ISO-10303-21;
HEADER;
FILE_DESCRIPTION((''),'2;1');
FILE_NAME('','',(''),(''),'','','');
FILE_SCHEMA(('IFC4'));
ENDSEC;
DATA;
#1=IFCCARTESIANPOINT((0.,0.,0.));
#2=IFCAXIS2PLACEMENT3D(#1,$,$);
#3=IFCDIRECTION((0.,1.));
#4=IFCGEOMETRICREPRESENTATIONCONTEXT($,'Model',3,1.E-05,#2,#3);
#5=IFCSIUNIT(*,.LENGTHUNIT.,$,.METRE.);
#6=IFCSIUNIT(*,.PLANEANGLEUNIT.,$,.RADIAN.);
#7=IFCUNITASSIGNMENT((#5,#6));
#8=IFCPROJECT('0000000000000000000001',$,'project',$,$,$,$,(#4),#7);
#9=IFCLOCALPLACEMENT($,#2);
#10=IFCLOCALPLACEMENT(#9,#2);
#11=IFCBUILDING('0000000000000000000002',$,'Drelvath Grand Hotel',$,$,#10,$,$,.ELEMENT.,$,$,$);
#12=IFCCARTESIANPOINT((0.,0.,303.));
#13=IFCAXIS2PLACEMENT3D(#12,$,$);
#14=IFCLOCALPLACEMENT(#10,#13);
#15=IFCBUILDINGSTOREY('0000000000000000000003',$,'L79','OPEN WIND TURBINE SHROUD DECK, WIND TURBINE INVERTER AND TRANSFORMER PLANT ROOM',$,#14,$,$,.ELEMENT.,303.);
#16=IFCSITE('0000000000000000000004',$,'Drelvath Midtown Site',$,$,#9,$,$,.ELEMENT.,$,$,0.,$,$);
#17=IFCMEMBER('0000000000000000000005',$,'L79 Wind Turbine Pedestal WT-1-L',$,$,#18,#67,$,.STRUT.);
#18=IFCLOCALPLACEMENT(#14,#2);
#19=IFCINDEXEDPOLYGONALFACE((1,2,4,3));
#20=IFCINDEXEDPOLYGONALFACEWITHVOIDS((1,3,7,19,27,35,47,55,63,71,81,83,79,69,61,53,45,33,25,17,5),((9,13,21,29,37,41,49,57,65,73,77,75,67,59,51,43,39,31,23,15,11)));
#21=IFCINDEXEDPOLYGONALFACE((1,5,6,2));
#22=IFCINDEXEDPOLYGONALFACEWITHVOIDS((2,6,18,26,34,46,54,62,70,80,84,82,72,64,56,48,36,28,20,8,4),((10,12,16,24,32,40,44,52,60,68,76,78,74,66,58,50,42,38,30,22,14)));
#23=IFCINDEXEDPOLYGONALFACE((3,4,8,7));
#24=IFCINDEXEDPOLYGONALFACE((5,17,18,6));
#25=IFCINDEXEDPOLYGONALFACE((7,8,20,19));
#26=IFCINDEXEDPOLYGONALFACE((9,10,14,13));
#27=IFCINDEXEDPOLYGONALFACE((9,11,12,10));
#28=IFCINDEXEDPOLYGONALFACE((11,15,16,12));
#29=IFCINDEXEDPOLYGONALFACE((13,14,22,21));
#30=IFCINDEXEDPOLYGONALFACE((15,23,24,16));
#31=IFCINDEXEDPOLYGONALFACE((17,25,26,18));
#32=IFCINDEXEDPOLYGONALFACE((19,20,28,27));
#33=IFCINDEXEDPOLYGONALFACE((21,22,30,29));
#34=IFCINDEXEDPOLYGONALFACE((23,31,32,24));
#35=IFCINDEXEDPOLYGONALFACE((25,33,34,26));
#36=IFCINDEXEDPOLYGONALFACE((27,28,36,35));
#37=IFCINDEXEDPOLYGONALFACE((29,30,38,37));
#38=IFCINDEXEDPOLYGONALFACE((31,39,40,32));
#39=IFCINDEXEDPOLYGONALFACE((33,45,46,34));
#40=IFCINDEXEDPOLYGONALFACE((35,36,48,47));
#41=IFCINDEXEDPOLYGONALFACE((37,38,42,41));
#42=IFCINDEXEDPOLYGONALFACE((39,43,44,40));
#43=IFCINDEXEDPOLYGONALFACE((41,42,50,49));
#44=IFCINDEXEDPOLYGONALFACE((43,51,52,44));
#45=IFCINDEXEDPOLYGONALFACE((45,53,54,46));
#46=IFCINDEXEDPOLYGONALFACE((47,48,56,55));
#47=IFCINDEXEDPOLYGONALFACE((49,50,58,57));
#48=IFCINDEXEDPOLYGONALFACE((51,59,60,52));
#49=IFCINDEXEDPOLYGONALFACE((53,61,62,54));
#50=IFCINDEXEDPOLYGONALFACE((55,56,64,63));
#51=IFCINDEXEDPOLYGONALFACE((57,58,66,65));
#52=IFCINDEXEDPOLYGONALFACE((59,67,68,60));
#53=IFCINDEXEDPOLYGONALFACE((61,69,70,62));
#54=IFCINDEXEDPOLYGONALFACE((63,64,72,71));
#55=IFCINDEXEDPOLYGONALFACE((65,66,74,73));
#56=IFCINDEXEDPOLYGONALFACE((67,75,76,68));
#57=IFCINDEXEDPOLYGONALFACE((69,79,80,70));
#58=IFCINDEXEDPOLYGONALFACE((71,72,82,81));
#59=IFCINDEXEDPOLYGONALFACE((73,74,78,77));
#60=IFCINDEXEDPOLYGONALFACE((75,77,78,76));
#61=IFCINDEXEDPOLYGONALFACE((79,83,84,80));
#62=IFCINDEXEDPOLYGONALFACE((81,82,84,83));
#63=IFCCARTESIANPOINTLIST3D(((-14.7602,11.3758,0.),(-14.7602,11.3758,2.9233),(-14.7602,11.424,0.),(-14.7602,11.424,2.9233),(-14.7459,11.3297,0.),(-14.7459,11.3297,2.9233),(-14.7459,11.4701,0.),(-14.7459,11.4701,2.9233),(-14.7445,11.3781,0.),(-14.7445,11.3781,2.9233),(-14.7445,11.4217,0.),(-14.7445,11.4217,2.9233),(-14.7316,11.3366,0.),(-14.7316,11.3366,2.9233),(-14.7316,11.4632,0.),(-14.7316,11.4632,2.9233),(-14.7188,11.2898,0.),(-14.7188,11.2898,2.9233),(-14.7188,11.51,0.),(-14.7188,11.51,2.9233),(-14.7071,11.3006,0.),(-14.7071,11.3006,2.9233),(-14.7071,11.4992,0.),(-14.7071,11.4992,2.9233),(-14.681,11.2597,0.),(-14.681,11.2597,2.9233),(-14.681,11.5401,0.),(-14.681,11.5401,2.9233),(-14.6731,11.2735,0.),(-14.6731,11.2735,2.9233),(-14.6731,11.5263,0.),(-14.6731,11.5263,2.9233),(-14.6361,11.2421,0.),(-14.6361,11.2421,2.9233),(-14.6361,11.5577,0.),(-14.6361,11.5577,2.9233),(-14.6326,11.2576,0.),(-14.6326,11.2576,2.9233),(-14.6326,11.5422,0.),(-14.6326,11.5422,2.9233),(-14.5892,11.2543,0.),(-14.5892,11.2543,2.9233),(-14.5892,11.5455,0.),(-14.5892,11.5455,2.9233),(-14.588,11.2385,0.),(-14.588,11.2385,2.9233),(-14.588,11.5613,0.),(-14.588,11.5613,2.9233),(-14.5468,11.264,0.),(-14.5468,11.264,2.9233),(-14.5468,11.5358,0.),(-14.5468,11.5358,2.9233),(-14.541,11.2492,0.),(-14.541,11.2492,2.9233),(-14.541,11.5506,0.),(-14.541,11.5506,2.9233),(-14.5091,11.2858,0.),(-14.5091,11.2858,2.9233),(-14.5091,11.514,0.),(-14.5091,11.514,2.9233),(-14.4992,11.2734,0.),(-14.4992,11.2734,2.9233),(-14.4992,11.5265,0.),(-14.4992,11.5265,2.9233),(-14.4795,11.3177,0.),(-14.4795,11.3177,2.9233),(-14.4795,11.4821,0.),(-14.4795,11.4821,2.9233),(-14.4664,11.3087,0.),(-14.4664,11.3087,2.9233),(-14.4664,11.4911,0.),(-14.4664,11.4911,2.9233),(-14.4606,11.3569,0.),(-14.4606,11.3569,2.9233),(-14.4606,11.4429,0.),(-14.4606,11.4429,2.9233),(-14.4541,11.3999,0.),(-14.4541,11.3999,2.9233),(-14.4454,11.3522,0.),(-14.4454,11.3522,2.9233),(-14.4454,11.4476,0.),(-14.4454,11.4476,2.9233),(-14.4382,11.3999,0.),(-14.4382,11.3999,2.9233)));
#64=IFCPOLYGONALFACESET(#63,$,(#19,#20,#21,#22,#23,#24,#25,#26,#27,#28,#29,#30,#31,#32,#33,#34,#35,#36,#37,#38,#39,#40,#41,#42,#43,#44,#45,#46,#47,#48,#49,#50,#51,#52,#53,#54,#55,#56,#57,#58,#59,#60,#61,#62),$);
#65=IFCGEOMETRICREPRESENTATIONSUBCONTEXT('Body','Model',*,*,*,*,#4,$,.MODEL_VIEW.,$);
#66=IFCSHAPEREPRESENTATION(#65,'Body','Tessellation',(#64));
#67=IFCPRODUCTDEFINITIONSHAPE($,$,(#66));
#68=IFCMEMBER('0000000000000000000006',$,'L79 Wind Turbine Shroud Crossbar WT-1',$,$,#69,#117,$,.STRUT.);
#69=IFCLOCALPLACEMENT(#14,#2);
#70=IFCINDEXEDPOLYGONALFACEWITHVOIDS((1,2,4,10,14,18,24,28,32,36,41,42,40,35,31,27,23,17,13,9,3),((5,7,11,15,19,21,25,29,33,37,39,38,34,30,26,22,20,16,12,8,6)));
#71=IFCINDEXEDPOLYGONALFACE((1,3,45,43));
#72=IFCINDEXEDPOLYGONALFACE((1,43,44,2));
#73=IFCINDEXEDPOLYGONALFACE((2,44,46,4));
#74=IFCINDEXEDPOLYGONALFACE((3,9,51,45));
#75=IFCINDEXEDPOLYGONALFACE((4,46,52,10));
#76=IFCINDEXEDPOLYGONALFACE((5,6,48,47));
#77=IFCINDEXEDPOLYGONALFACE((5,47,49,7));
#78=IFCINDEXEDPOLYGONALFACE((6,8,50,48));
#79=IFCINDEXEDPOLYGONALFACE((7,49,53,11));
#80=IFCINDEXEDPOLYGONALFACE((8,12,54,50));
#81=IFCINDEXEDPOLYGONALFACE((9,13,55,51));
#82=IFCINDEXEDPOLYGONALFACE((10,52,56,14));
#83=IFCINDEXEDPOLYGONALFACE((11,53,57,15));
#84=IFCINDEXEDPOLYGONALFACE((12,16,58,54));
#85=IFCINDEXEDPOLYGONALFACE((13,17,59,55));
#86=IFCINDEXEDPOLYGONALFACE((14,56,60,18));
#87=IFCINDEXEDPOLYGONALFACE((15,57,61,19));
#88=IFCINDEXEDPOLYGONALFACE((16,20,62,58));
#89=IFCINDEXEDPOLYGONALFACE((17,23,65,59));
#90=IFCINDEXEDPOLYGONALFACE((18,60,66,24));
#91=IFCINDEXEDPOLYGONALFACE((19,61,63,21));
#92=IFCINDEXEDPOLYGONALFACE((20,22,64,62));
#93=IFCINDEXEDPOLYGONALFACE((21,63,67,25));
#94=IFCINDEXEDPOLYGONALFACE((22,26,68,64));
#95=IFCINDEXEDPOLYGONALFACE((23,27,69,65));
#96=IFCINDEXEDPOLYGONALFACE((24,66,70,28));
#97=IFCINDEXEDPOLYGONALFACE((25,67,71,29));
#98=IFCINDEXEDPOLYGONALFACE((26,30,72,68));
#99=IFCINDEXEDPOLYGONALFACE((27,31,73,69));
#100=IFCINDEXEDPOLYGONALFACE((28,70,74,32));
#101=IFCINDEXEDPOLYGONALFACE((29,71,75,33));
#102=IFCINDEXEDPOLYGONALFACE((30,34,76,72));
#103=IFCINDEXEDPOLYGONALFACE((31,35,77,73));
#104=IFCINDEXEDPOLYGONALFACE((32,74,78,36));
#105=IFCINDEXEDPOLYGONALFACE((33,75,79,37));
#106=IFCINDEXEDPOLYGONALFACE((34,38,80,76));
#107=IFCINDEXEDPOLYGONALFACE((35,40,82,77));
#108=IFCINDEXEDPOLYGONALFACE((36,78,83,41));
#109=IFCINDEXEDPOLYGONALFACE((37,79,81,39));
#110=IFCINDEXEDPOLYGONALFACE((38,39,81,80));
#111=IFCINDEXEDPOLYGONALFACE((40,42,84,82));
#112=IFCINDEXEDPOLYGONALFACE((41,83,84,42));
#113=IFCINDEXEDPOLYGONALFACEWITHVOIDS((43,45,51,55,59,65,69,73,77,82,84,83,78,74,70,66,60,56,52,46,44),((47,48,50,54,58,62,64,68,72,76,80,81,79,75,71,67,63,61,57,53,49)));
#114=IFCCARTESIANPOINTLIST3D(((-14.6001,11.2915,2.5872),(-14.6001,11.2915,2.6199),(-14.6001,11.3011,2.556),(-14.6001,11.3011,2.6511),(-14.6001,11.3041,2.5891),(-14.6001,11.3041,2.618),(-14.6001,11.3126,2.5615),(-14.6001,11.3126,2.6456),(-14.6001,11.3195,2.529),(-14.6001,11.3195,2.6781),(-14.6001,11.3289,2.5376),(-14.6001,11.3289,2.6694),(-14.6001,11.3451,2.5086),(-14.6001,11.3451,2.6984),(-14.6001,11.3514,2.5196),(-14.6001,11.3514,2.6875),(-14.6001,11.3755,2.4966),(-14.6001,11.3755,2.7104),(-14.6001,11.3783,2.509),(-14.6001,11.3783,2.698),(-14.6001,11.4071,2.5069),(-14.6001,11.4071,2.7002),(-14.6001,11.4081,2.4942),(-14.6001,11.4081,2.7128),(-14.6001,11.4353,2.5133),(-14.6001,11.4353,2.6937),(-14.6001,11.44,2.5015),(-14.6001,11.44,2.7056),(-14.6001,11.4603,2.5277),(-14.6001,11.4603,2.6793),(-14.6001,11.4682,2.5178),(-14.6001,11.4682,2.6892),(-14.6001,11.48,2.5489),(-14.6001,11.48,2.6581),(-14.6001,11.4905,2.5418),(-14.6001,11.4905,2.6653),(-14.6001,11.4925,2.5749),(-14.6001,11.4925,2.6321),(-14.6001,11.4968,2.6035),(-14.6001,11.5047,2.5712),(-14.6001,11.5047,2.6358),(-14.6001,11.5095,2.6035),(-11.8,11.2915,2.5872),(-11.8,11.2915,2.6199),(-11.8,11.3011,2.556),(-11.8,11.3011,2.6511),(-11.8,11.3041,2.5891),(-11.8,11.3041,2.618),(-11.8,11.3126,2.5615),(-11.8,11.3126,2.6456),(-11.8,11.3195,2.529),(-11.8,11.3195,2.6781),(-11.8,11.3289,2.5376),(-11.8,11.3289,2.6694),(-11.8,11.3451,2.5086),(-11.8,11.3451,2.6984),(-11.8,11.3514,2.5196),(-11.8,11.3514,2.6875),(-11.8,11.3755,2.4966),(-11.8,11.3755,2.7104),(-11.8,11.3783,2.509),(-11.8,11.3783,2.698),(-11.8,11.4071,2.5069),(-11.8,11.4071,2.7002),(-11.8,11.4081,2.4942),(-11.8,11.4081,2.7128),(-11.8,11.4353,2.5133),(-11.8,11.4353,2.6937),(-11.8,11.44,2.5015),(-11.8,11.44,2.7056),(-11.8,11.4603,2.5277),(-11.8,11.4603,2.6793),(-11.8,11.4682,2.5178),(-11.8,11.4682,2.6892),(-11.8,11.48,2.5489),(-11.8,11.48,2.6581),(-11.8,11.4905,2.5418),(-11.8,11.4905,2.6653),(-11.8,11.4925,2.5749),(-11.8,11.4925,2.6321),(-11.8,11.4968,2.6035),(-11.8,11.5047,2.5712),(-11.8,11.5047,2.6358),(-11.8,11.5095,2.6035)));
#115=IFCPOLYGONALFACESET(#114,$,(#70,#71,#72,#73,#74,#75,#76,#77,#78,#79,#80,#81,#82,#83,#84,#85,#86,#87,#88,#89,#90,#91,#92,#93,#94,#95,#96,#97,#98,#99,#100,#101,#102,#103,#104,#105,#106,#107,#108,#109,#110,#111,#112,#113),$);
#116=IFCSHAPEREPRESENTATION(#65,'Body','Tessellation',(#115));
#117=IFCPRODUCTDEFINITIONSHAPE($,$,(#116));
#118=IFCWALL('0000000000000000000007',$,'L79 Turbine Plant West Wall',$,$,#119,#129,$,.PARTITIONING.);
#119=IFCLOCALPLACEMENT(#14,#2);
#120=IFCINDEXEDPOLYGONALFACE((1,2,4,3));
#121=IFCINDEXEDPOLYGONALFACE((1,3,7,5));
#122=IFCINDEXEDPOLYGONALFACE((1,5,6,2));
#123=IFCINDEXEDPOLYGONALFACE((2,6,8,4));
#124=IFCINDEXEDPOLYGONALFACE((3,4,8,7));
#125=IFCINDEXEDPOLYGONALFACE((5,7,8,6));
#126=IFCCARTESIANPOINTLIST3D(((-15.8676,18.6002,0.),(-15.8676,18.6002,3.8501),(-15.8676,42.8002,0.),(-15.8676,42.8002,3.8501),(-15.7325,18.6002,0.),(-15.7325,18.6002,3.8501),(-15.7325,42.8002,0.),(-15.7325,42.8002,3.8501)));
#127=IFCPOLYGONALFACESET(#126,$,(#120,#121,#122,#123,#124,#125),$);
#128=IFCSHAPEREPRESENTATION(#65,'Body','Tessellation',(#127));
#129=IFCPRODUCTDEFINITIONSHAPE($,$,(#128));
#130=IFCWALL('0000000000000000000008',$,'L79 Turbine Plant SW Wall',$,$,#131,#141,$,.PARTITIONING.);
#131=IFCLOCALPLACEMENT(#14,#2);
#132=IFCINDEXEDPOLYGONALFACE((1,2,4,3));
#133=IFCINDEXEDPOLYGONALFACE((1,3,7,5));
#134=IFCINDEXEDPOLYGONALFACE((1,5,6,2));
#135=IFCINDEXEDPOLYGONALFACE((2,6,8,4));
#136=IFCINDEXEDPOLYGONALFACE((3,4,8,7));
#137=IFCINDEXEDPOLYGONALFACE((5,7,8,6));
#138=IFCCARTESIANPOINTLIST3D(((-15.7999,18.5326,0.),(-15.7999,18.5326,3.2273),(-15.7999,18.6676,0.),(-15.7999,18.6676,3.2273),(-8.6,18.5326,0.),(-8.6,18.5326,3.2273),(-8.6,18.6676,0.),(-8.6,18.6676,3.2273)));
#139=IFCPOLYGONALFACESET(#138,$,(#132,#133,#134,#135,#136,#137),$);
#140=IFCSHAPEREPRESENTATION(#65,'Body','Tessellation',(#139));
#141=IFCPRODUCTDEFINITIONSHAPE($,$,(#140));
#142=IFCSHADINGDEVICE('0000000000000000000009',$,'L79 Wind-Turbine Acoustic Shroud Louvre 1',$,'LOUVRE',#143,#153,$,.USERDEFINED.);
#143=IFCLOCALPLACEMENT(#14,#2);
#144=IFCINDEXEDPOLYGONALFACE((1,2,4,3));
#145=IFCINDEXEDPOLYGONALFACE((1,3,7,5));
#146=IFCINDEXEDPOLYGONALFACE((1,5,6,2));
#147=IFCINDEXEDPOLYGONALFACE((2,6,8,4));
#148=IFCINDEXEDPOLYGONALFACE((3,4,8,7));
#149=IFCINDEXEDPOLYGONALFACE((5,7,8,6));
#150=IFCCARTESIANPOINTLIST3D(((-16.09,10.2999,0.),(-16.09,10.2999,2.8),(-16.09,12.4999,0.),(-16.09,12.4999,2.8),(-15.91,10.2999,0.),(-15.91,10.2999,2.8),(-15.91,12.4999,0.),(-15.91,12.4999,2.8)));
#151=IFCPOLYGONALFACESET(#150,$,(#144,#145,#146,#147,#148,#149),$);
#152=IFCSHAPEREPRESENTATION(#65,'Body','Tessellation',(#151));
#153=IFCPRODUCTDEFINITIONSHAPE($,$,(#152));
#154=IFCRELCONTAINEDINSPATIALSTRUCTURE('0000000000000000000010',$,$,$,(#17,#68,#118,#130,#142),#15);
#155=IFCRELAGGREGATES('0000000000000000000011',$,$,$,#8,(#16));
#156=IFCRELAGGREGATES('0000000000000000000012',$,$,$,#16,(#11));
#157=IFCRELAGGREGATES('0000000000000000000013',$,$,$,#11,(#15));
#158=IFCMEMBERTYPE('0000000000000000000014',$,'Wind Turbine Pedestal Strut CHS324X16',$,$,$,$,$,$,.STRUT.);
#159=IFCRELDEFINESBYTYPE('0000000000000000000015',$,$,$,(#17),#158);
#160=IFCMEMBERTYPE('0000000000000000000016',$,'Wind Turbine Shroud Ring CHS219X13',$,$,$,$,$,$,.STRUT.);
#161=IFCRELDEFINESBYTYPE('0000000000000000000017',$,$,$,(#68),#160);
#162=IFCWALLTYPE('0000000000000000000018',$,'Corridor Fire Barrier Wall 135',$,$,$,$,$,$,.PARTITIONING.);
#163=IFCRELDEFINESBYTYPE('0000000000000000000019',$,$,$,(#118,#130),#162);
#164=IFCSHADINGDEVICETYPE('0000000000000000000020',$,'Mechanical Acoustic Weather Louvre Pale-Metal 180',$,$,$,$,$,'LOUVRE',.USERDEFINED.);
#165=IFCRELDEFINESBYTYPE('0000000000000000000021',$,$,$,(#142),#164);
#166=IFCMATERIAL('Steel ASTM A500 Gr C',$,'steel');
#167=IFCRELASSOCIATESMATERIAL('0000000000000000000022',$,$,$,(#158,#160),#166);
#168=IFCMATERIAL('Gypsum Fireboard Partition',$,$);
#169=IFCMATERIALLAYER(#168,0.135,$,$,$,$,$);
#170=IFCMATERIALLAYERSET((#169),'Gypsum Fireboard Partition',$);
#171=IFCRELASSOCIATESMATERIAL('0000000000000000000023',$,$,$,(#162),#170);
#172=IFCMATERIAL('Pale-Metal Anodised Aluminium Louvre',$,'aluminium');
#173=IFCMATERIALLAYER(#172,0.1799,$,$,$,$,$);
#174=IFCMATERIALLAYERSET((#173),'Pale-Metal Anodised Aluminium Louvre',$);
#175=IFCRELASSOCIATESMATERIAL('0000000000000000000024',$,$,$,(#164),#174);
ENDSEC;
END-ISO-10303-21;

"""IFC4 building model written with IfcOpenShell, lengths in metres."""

from ifc_helpers import new_model, si_unit, direction, frame, frame_2d, origin, origin_2d, place, context, subcontext, project, spatial, rectangle, hollow_circle, extrude, material, layer, layer_set, material_profile, profile_set, type_object, element, save


model = new_model("IFC4")

# Units and contexts
model_context = context("Model", 3, precision=1e-05, world=origin(), true_north=direction((0.0, 1.0)))
body_context = subcontext(model_context, "Body", "Model", "MODEL_VIEW")
ifc_project = project(units=[si_unit("LENGTHUNIT", "METRE"), si_unit("PLANEANGLEUNIT", "RADIAN")], contexts=[model_context])

# Site, building, storey
site_placement = place(None, origin())
site = spatial("IfcSite", under=ifc_project, at=site_placement, Name="Drelvath Midtown Site", CompositionType="ELEMENT", RefElevation=0.0)
building_placement = place(site_placement, origin())
building = spatial("IfcBuilding", under=site, at=building_placement, Name="Drelvath Grand Hotel", CompositionType="ELEMENT")
storey_placement = place(building_placement, frame((0.0, 0.0, 303.0)))
storey = spatial("IfcBuildingStorey", under=building, at=storey_placement, Name="L79", Description="OPEN WIND TURBINE SHROUD DECK, WIND TURBINE INVERTER AND TRANSFORMER PLANT ROOM", CompositionType="ELEMENT", Elevation=303.0)

# Members
ifc_material_1 = material(Name="Steel ASTM A500 Gr C", Category="steel")
ifc_material_profile_1 = material_profile(ifc_material_1, hollow_circle(Radius=0.1619, WallThickness=0.0159, at=origin_2d()), Name="CHS324X16")
ifc_profile_set_1 = profile_set([ifc_material_profile_1], Name="Steel ASTM A500 Gr C")
member_type_1 = type_object("IfcMemberType", Name="Wind Turbine Pedestal Strut CHS324X16", PredefinedType="STRUT", material=ifc_profile_set_1)
member_1_placement = place(storey_placement, frame((-14.6001, 11.3999, 0.0), z_axis=(0.0, 0.0, 1.0), x_axis=(1.0, 0.0, 0.0)))
element("IfcMember", 1, at=member_1_placement, inside=storey, type_object=member_type_1, Name="L79 Wind Turbine Pedestal WT-1-L", PredefinedType="STRUT", context=body_context, shape_type="SweptSolid", body=[
    extrude(hollow_circle(Radius=0.1619, WallThickness=0.0159, at=origin_2d()), origin(), (0.0, 0.0, 1.0), 2.9233),
])
ifc_material_profile_2 = material_profile(ifc_material_1, hollow_circle(Radius=0.1096, WallThickness=0.0127, at=origin_2d()), Name="CHS219X13")
ifc_profile_set_2 = profile_set([ifc_material_profile_2], Name="Steel ASTM A500 Gr C")
member_type_2 = type_object("IfcMemberType", Name="Wind Turbine Shroud Ring CHS219X13", PredefinedType="STRUT", material=ifc_profile_set_2)
member_2_placement = place(storey_placement, frame((-14.6001, 11.3999, 2.6035), z_axis=(1.0, 0.0, 0.0), x_axis=(0.0, 1.0, 0.0)))
element("IfcMember", 2, at=member_2_placement, inside=storey, type_object=member_type_2, Name="L79 Wind Turbine Shroud Crossbar WT-1", PredefinedType="STRUT", context=body_context, shape_type="SweptSolid", body=[
    extrude(hollow_circle(Radius=0.1096, WallThickness=0.0127, at=origin_2d()), origin(), (0.0, 0.0, 1.0), 2.8),
])

# Walls
ifc_material_2 = material(Name="Gypsum Fireboard Partition")
ifc_layer_1 = layer(ifc_material_2, 0.135)
ifc_layer_set_1 = layer_set([ifc_layer_1], Name="Gypsum Fireboard Partition")
wall_type = type_object("IfcWallType", Name="Corridor Fire Barrier Wall 135", PredefinedType="PARTITIONING", material=ifc_layer_set_1)
wall_1_placement = place(storey_placement, frame((-15.8, 18.6001, 0.0), z_axis=(0.0, 0.0, 1.0), x_axis=(0.0, 1.0, 0.0)))
element("IfcWall", 3, at=wall_1_placement, inside=storey, type_object=wall_type, Name="L79 Turbine Plant West Wall", PredefinedType="PARTITIONING", context=body_context, shape_type="SweptSolid", body=[
    extrude(rectangle(XDim=24.2, YDim=0.135, at=frame_2d((12.1001, 0.0))), origin(), (0.0, 0.0, 1.0), 3.8501),
])
wall_2_placement = place(storey_placement, frame((-15.8, 18.6001, 0.0), z_axis=(0.0, 0.0, 1.0), x_axis=(1.0, 0.0, 0.0)))
element("IfcWall", 4, at=wall_2_placement, inside=storey, type_object=wall_type, Name="L79 Turbine Plant SW Wall", PredefinedType="PARTITIONING", context=body_context, shape_type="SweptSolid", body=[
    extrude(rectangle(XDim=7.2, YDim=0.135, at=frame_2d((3.6001, 0.0))), origin(), (0.0, 0.0, 1.0), 3.2273),
])

# Shading device
ifc_material_3 = material(Name="Pale-Metal Anodised Aluminium Louvre", Category="aluminium")
ifc_layer_2 = layer(ifc_material_3, 0.1799)
ifc_layer_set_2 = layer_set([ifc_layer_2], Name="Pale-Metal Anodised Aluminium Louvre")
shading_device_type = type_object("IfcShadingDeviceType", Name="Mechanical Acoustic Weather Louvre Pale-Metal 180", ElementType="LOUVRE", PredefinedType="USERDEFINED", material=ifc_layer_set_2)
shading_device_placement = place(storey_placement, frame((-16.0, 11.3999, 0.0), z_axis=(0.0, 0.0, 1.0), x_axis=(1.0, 0.0, 0.0)))
element("IfcShadingDevice", 5, at=shading_device_placement, inside=storey, type_object=shading_device_type, Name="L79 Wind-Turbine Acoustic Shroud Louvre 1", ObjectType="LOUVRE", PredefinedType="USERDEFINED", context=body_context, shape_type="SweptSolid", body=[
    extrude(rectangle(XDim=0.1799, YDim=2.2, at=origin_2d()), origin(), (0.0, 0.0, 1.0), 2.8),
])

save(model, "model.ifc")
